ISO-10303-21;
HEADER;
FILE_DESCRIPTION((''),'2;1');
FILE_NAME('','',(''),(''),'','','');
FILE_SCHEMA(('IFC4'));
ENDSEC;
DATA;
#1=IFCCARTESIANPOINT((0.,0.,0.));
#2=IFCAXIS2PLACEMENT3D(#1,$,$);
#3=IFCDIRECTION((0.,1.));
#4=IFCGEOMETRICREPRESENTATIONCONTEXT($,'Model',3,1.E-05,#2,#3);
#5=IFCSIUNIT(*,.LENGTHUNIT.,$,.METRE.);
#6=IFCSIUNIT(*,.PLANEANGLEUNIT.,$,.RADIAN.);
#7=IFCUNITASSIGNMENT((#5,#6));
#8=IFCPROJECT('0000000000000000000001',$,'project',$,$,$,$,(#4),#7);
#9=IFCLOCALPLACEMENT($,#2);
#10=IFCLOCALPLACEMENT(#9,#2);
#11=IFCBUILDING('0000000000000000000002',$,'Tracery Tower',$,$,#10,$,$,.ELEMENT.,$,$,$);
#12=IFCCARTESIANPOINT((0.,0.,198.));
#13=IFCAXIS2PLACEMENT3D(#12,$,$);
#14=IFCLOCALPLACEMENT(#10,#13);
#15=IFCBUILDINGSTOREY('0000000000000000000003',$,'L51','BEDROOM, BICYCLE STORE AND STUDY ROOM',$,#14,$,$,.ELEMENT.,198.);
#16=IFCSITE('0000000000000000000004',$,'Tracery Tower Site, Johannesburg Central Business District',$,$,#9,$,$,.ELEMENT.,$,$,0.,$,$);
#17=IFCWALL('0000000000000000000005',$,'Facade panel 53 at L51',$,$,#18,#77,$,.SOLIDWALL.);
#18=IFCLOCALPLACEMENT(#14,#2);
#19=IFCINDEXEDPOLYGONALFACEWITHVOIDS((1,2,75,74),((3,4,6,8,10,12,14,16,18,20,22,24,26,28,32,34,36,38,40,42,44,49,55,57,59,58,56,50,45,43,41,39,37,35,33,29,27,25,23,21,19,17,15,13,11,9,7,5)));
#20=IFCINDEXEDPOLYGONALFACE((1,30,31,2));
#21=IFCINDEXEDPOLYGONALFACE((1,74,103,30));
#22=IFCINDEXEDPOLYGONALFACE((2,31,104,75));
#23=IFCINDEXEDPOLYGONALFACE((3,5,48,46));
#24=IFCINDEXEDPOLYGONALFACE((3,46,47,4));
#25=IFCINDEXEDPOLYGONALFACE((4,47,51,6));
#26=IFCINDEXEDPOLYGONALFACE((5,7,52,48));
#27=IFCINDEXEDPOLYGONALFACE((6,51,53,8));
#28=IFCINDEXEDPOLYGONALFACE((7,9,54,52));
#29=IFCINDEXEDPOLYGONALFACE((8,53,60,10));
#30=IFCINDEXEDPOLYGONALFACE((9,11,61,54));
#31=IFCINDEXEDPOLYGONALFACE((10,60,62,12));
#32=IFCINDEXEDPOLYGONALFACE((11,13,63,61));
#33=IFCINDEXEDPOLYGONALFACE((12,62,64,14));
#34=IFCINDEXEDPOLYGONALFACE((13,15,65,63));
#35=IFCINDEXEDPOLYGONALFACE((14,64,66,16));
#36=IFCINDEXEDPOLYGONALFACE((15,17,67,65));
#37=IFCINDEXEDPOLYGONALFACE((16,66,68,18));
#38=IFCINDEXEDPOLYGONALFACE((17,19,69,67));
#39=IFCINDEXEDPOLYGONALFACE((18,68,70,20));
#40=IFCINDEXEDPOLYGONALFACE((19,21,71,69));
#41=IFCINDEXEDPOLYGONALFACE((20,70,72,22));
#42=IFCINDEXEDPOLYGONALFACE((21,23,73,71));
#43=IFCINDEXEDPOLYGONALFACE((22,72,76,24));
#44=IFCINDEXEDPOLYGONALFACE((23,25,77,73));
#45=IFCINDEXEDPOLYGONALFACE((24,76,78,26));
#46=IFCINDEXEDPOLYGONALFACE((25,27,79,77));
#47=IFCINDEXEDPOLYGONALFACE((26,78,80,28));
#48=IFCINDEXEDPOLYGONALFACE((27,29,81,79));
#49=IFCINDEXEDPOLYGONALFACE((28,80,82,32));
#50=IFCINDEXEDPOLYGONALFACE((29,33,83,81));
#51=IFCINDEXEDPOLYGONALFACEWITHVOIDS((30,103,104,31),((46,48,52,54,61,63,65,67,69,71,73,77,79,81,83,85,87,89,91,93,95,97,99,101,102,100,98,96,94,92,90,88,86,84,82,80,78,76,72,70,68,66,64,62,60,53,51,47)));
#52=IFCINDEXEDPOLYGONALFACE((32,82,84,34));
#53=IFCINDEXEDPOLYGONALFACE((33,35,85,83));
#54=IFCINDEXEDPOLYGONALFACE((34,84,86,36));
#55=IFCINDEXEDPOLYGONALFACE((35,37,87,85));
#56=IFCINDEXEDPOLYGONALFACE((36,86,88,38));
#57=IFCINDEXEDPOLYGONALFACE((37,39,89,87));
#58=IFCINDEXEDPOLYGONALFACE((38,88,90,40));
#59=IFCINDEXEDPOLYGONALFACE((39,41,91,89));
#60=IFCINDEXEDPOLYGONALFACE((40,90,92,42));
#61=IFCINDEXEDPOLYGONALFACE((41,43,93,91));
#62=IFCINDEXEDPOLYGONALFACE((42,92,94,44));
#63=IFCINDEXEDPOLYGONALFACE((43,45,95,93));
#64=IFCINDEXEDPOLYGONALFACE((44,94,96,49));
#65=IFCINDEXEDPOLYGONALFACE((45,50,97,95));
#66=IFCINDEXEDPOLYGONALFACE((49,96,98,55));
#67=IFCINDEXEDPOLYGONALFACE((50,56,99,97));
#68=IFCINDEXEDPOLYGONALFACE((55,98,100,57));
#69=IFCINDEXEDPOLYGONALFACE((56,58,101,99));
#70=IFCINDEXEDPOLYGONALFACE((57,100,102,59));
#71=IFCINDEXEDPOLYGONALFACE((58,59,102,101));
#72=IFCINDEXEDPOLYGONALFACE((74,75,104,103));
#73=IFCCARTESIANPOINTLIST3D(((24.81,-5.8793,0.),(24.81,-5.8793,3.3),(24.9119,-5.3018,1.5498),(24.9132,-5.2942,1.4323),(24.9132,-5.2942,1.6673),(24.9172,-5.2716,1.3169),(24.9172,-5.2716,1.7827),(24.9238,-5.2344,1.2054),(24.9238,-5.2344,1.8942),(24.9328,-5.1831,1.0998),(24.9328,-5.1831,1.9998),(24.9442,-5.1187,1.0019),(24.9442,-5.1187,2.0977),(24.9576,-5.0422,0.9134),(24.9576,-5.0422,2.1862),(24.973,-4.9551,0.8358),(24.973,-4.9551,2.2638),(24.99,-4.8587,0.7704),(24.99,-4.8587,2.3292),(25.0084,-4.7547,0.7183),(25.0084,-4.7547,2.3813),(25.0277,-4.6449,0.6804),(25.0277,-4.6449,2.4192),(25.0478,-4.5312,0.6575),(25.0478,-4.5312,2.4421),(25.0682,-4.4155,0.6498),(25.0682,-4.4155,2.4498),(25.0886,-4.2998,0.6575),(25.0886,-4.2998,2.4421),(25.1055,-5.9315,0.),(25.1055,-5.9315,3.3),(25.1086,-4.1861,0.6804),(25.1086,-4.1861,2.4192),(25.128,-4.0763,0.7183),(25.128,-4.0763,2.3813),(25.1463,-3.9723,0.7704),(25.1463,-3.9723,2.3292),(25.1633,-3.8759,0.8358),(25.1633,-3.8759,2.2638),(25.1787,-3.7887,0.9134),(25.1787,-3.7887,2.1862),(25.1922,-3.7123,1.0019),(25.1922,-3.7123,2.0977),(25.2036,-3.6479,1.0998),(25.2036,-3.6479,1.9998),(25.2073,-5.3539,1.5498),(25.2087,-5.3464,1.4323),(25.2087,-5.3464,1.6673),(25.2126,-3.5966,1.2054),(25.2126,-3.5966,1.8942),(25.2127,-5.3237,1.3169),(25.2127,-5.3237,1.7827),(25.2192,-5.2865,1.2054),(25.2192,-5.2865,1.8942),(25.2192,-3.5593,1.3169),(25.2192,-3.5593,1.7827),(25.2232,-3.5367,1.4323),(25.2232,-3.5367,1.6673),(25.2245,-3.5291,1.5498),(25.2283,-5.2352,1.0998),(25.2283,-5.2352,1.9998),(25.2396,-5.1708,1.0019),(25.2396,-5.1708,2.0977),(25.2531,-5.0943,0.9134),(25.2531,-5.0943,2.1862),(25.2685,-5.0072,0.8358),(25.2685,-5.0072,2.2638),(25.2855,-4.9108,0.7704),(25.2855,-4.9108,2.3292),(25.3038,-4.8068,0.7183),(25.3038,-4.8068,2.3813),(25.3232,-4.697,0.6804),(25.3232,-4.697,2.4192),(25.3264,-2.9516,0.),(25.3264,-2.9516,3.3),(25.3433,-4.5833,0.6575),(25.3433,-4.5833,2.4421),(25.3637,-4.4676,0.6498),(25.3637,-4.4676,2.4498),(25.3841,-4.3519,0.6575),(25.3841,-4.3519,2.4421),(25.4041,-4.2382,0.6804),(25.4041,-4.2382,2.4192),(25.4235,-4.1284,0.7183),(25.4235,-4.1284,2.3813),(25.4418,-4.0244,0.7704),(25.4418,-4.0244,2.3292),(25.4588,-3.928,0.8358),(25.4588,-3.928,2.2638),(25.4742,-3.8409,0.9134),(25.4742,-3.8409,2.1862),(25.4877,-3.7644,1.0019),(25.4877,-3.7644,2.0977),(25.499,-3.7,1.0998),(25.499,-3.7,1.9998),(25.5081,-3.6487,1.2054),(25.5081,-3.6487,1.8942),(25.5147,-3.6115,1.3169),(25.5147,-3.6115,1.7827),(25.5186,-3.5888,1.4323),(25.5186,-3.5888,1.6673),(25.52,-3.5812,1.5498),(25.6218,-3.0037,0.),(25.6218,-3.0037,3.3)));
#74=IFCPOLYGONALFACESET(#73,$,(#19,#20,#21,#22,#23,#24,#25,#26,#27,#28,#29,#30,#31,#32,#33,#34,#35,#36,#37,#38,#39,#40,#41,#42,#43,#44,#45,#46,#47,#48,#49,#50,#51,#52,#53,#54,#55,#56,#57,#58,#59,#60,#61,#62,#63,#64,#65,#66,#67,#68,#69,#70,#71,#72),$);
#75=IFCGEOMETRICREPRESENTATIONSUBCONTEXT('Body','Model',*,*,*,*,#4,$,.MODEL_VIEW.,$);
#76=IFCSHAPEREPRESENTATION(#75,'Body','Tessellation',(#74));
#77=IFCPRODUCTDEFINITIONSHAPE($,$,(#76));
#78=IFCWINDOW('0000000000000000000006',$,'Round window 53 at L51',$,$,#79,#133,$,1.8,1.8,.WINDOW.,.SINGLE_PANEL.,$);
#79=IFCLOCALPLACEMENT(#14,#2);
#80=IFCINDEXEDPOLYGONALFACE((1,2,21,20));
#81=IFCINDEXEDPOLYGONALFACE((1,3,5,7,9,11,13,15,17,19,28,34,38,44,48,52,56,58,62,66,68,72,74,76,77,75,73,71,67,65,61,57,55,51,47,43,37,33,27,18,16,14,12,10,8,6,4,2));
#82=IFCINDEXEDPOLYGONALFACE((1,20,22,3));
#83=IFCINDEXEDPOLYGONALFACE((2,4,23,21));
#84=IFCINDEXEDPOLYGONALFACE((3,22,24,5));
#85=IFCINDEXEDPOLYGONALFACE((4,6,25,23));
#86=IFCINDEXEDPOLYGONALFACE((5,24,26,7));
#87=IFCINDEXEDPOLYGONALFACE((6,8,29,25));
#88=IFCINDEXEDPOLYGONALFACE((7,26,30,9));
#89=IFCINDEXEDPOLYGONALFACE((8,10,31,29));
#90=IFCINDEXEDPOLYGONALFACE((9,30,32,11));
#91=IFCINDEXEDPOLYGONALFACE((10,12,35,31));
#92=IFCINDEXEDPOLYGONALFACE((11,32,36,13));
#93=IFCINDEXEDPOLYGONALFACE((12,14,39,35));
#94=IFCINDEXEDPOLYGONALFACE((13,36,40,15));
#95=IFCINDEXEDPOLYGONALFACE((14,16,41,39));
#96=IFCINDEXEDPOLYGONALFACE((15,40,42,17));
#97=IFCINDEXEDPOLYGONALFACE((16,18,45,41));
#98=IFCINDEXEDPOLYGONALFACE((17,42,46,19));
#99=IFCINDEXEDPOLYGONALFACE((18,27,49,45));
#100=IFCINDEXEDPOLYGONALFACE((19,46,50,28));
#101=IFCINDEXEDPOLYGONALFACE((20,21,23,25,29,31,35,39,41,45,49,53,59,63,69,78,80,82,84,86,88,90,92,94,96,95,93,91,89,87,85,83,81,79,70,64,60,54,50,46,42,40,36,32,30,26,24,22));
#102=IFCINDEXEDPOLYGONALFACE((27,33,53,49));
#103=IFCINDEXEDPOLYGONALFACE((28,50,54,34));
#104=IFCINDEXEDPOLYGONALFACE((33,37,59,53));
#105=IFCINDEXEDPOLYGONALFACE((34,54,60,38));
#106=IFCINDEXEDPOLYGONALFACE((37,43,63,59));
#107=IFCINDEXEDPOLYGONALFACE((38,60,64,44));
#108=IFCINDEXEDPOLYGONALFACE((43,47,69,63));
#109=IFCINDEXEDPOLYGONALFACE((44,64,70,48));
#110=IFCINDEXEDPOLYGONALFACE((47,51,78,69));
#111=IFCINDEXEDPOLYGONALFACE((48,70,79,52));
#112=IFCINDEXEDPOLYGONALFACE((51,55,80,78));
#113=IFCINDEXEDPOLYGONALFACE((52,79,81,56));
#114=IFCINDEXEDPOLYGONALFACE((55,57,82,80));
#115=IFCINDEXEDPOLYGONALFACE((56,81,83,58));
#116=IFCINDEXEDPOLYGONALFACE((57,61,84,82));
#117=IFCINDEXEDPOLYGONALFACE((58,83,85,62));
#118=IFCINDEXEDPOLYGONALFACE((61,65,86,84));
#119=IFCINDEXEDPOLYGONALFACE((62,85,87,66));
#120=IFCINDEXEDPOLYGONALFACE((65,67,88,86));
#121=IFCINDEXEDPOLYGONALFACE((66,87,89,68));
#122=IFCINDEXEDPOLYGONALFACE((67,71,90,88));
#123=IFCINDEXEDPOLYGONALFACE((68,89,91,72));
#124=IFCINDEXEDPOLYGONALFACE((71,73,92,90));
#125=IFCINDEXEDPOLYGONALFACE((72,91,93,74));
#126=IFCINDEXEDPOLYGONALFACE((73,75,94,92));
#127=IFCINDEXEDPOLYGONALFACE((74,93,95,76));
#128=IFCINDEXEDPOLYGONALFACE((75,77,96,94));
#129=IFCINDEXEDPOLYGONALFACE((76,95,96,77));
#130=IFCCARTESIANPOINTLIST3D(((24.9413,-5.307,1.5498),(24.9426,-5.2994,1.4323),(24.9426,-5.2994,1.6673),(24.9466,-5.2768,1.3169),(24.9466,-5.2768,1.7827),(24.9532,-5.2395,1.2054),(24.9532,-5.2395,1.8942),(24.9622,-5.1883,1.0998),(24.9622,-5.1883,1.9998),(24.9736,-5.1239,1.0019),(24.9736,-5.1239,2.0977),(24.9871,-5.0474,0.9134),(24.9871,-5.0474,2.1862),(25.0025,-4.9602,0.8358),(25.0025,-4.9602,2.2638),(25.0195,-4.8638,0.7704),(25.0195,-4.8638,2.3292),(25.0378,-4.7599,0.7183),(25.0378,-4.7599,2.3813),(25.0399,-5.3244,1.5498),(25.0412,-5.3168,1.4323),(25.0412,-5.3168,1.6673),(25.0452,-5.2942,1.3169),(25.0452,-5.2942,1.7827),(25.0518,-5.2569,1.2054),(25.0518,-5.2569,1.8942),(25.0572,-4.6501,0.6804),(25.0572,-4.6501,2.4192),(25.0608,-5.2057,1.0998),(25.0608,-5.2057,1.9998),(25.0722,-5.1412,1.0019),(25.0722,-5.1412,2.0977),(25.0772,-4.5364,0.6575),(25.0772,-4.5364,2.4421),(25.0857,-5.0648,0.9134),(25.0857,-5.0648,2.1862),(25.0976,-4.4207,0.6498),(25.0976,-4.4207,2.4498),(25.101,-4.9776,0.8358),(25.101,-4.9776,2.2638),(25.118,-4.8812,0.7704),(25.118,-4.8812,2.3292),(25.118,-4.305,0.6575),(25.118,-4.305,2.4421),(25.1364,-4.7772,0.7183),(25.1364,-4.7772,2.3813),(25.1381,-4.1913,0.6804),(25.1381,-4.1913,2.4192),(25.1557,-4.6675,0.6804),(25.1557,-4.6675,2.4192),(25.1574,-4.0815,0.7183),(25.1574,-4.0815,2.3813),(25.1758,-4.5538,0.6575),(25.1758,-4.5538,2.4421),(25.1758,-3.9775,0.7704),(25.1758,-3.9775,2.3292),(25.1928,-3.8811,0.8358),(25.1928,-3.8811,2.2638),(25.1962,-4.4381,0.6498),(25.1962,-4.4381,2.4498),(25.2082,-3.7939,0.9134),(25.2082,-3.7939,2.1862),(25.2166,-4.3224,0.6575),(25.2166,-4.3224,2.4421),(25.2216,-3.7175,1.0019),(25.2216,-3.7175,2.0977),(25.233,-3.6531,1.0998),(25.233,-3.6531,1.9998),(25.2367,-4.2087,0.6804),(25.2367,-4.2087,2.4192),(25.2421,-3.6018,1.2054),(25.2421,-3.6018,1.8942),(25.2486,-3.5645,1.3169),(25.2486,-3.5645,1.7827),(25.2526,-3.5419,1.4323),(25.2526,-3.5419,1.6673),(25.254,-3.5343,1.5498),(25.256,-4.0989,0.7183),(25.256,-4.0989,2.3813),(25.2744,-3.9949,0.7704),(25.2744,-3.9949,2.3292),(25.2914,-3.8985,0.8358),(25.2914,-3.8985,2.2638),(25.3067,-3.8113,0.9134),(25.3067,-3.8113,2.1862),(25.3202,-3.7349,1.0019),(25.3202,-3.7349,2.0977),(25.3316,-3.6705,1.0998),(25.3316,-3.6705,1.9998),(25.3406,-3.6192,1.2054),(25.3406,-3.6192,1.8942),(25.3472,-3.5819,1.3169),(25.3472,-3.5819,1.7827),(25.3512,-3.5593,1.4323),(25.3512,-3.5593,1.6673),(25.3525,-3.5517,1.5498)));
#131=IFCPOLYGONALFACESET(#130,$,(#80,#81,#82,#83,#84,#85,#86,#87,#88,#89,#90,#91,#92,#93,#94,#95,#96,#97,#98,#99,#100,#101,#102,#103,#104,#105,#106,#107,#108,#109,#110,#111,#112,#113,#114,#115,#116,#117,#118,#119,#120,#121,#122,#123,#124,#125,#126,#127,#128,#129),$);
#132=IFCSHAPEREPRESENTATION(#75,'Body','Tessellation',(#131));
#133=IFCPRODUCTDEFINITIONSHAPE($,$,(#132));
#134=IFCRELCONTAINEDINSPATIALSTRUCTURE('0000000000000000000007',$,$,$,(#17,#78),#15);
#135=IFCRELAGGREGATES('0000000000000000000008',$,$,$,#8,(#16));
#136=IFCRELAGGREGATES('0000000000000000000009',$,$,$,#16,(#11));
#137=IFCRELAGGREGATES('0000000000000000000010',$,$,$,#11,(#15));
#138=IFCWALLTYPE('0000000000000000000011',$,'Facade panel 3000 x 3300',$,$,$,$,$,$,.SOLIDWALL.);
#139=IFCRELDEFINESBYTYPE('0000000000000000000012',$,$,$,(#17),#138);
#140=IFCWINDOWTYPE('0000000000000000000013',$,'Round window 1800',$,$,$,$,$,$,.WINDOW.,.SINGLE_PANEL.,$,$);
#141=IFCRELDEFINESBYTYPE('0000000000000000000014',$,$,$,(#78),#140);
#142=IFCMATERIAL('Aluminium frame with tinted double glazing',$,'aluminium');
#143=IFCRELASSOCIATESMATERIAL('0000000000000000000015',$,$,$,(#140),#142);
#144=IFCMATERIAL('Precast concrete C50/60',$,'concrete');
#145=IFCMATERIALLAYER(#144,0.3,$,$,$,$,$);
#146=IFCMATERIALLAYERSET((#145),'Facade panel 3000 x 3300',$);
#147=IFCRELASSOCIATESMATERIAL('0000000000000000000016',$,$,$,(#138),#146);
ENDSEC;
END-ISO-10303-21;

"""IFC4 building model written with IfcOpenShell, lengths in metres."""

from ifc_helpers import new_model, si_unit, direction, frame, frame_2d, origin, origin_2d, place, context, subcontext, project, spatial, rectangle, circle, extrude, material, layer, layer_set, type_object, element, fill, save


model = new_model("IFC4")

# Units and contexts
model_context = context("Model", 3, precision=1e-05, world=origin(), true_north=direction((0.0, 1.0)))
body_context = subcontext(model_context, "Body", "Model", "MODEL_VIEW")
ifc_project = project(units=[si_unit("LENGTHUNIT", "METRE"), si_unit("PLANEANGLEUNIT", "RADIAN")], contexts=[model_context])

# Site, building, storey
site_placement = place(None, origin())
site = spatial("IfcSite", under=ifc_project, at=site_placement, Name="Tracery Tower Site, Johannesburg Central Business District", CompositionType="ELEMENT", RefElevation=0.0)
building_placement = place(site_placement, origin())
building = spatial("IfcBuilding", under=site, at=building_placement, Name="Tracery Tower", CompositionType="ELEMENT")
storey_placement = place(building_placement, frame((0.0, 0.0, 198.0)))
storey = spatial("IfcBuildingStorey", under=building, at=storey_placement, Name="L51", Description="BEDROOM, BICYCLE STORE AND STUDY ROOM", CompositionType="ELEMENT", Elevation=198.0)

# Wall, opening, window
ifc_material_1 = material(Name="Aluminium frame with tinted double glazing", Category="aluminium")
window_type = type_object("IfcWindowType", Name="Round window 1800", PartitioningType="SINGLE_PANEL", PredefinedType="WINDOW", material=ifc_material_1)
ifc_material_2 = material(Name="Precast concrete C50/60", Category="concrete")
ifc_layer_1 = layer(ifc_material_2, 0.3)
ifc_layer_set_1 = layer_set([ifc_layer_1], Name="Facade panel 3000 x 3300")
wall_type_1 = type_object("IfcWallType", Name="Facade panel 3000 x 3300", PredefinedType="SOLIDWALL", material=ifc_layer_set_1)
wall_1_placement = place(storey_placement, frame((24.9578, -5.9053, 0.0), z_axis=(0.0, 0.0, 1.0), x_axis=(0.173687, 0.984801, 0.0)))
wall_1 = element("IfcWall", 1, at=wall_1_placement, inside=storey, type_object=wall_type_1, Name="Facade panel 53 at L51", PredefinedType="SOLIDWALL", context=body_context, shape_type="SweptSolid", body=[
    extrude(rectangle(XDim=2.9729, YDim=0.3, at=frame_2d((1.4863, 0.0))), origin(), (0.0, 0.0, 1.0), 3.3),
])
opening_1_placement = place(wall_1_placement, frame((1.4863, 0.0, 1.5498)))
opening_1 = element("IfcOpeningElement", 2, at=opening_1_placement, cuts=wall_1, PredefinedType="OPENING", context=body_context, shape_type="SweptSolid", body=[
    extrude(circle(Radius=0.9, at=origin_2d()), frame((0.0, 0.1599, 0.0), z_axis=(0.0, -1.0, 0.0), x_axis=(1.0, 0.0, 0.0)), (0.0, 0.0, 1.0), 0.3201),
])
window_1_placement = place(opening_1_placement, origin())
window_1 = element("IfcWindow", 3, at=window_1_placement, inside=storey, type_object=window_type, Name="Round window 53 at L51", OverallHeight=1.8, OverallWidth=1.8, PartitioningType="SINGLE_PANEL", PredefinedType="WINDOW", context=body_context, shape_type="SweptSolid", body=[
    extrude(circle(Radius=0.9, at=origin_2d()), frame((0.0, 0.1201, 0.0), z_axis=(0.0, -1.0, 0.0), x_axis=(1.0, 0.0, 0.0)), (0.0, 0.0, 1.0), 0.1001),
])
fill(opening_1, window_1)

save(model, "model.ifc")
